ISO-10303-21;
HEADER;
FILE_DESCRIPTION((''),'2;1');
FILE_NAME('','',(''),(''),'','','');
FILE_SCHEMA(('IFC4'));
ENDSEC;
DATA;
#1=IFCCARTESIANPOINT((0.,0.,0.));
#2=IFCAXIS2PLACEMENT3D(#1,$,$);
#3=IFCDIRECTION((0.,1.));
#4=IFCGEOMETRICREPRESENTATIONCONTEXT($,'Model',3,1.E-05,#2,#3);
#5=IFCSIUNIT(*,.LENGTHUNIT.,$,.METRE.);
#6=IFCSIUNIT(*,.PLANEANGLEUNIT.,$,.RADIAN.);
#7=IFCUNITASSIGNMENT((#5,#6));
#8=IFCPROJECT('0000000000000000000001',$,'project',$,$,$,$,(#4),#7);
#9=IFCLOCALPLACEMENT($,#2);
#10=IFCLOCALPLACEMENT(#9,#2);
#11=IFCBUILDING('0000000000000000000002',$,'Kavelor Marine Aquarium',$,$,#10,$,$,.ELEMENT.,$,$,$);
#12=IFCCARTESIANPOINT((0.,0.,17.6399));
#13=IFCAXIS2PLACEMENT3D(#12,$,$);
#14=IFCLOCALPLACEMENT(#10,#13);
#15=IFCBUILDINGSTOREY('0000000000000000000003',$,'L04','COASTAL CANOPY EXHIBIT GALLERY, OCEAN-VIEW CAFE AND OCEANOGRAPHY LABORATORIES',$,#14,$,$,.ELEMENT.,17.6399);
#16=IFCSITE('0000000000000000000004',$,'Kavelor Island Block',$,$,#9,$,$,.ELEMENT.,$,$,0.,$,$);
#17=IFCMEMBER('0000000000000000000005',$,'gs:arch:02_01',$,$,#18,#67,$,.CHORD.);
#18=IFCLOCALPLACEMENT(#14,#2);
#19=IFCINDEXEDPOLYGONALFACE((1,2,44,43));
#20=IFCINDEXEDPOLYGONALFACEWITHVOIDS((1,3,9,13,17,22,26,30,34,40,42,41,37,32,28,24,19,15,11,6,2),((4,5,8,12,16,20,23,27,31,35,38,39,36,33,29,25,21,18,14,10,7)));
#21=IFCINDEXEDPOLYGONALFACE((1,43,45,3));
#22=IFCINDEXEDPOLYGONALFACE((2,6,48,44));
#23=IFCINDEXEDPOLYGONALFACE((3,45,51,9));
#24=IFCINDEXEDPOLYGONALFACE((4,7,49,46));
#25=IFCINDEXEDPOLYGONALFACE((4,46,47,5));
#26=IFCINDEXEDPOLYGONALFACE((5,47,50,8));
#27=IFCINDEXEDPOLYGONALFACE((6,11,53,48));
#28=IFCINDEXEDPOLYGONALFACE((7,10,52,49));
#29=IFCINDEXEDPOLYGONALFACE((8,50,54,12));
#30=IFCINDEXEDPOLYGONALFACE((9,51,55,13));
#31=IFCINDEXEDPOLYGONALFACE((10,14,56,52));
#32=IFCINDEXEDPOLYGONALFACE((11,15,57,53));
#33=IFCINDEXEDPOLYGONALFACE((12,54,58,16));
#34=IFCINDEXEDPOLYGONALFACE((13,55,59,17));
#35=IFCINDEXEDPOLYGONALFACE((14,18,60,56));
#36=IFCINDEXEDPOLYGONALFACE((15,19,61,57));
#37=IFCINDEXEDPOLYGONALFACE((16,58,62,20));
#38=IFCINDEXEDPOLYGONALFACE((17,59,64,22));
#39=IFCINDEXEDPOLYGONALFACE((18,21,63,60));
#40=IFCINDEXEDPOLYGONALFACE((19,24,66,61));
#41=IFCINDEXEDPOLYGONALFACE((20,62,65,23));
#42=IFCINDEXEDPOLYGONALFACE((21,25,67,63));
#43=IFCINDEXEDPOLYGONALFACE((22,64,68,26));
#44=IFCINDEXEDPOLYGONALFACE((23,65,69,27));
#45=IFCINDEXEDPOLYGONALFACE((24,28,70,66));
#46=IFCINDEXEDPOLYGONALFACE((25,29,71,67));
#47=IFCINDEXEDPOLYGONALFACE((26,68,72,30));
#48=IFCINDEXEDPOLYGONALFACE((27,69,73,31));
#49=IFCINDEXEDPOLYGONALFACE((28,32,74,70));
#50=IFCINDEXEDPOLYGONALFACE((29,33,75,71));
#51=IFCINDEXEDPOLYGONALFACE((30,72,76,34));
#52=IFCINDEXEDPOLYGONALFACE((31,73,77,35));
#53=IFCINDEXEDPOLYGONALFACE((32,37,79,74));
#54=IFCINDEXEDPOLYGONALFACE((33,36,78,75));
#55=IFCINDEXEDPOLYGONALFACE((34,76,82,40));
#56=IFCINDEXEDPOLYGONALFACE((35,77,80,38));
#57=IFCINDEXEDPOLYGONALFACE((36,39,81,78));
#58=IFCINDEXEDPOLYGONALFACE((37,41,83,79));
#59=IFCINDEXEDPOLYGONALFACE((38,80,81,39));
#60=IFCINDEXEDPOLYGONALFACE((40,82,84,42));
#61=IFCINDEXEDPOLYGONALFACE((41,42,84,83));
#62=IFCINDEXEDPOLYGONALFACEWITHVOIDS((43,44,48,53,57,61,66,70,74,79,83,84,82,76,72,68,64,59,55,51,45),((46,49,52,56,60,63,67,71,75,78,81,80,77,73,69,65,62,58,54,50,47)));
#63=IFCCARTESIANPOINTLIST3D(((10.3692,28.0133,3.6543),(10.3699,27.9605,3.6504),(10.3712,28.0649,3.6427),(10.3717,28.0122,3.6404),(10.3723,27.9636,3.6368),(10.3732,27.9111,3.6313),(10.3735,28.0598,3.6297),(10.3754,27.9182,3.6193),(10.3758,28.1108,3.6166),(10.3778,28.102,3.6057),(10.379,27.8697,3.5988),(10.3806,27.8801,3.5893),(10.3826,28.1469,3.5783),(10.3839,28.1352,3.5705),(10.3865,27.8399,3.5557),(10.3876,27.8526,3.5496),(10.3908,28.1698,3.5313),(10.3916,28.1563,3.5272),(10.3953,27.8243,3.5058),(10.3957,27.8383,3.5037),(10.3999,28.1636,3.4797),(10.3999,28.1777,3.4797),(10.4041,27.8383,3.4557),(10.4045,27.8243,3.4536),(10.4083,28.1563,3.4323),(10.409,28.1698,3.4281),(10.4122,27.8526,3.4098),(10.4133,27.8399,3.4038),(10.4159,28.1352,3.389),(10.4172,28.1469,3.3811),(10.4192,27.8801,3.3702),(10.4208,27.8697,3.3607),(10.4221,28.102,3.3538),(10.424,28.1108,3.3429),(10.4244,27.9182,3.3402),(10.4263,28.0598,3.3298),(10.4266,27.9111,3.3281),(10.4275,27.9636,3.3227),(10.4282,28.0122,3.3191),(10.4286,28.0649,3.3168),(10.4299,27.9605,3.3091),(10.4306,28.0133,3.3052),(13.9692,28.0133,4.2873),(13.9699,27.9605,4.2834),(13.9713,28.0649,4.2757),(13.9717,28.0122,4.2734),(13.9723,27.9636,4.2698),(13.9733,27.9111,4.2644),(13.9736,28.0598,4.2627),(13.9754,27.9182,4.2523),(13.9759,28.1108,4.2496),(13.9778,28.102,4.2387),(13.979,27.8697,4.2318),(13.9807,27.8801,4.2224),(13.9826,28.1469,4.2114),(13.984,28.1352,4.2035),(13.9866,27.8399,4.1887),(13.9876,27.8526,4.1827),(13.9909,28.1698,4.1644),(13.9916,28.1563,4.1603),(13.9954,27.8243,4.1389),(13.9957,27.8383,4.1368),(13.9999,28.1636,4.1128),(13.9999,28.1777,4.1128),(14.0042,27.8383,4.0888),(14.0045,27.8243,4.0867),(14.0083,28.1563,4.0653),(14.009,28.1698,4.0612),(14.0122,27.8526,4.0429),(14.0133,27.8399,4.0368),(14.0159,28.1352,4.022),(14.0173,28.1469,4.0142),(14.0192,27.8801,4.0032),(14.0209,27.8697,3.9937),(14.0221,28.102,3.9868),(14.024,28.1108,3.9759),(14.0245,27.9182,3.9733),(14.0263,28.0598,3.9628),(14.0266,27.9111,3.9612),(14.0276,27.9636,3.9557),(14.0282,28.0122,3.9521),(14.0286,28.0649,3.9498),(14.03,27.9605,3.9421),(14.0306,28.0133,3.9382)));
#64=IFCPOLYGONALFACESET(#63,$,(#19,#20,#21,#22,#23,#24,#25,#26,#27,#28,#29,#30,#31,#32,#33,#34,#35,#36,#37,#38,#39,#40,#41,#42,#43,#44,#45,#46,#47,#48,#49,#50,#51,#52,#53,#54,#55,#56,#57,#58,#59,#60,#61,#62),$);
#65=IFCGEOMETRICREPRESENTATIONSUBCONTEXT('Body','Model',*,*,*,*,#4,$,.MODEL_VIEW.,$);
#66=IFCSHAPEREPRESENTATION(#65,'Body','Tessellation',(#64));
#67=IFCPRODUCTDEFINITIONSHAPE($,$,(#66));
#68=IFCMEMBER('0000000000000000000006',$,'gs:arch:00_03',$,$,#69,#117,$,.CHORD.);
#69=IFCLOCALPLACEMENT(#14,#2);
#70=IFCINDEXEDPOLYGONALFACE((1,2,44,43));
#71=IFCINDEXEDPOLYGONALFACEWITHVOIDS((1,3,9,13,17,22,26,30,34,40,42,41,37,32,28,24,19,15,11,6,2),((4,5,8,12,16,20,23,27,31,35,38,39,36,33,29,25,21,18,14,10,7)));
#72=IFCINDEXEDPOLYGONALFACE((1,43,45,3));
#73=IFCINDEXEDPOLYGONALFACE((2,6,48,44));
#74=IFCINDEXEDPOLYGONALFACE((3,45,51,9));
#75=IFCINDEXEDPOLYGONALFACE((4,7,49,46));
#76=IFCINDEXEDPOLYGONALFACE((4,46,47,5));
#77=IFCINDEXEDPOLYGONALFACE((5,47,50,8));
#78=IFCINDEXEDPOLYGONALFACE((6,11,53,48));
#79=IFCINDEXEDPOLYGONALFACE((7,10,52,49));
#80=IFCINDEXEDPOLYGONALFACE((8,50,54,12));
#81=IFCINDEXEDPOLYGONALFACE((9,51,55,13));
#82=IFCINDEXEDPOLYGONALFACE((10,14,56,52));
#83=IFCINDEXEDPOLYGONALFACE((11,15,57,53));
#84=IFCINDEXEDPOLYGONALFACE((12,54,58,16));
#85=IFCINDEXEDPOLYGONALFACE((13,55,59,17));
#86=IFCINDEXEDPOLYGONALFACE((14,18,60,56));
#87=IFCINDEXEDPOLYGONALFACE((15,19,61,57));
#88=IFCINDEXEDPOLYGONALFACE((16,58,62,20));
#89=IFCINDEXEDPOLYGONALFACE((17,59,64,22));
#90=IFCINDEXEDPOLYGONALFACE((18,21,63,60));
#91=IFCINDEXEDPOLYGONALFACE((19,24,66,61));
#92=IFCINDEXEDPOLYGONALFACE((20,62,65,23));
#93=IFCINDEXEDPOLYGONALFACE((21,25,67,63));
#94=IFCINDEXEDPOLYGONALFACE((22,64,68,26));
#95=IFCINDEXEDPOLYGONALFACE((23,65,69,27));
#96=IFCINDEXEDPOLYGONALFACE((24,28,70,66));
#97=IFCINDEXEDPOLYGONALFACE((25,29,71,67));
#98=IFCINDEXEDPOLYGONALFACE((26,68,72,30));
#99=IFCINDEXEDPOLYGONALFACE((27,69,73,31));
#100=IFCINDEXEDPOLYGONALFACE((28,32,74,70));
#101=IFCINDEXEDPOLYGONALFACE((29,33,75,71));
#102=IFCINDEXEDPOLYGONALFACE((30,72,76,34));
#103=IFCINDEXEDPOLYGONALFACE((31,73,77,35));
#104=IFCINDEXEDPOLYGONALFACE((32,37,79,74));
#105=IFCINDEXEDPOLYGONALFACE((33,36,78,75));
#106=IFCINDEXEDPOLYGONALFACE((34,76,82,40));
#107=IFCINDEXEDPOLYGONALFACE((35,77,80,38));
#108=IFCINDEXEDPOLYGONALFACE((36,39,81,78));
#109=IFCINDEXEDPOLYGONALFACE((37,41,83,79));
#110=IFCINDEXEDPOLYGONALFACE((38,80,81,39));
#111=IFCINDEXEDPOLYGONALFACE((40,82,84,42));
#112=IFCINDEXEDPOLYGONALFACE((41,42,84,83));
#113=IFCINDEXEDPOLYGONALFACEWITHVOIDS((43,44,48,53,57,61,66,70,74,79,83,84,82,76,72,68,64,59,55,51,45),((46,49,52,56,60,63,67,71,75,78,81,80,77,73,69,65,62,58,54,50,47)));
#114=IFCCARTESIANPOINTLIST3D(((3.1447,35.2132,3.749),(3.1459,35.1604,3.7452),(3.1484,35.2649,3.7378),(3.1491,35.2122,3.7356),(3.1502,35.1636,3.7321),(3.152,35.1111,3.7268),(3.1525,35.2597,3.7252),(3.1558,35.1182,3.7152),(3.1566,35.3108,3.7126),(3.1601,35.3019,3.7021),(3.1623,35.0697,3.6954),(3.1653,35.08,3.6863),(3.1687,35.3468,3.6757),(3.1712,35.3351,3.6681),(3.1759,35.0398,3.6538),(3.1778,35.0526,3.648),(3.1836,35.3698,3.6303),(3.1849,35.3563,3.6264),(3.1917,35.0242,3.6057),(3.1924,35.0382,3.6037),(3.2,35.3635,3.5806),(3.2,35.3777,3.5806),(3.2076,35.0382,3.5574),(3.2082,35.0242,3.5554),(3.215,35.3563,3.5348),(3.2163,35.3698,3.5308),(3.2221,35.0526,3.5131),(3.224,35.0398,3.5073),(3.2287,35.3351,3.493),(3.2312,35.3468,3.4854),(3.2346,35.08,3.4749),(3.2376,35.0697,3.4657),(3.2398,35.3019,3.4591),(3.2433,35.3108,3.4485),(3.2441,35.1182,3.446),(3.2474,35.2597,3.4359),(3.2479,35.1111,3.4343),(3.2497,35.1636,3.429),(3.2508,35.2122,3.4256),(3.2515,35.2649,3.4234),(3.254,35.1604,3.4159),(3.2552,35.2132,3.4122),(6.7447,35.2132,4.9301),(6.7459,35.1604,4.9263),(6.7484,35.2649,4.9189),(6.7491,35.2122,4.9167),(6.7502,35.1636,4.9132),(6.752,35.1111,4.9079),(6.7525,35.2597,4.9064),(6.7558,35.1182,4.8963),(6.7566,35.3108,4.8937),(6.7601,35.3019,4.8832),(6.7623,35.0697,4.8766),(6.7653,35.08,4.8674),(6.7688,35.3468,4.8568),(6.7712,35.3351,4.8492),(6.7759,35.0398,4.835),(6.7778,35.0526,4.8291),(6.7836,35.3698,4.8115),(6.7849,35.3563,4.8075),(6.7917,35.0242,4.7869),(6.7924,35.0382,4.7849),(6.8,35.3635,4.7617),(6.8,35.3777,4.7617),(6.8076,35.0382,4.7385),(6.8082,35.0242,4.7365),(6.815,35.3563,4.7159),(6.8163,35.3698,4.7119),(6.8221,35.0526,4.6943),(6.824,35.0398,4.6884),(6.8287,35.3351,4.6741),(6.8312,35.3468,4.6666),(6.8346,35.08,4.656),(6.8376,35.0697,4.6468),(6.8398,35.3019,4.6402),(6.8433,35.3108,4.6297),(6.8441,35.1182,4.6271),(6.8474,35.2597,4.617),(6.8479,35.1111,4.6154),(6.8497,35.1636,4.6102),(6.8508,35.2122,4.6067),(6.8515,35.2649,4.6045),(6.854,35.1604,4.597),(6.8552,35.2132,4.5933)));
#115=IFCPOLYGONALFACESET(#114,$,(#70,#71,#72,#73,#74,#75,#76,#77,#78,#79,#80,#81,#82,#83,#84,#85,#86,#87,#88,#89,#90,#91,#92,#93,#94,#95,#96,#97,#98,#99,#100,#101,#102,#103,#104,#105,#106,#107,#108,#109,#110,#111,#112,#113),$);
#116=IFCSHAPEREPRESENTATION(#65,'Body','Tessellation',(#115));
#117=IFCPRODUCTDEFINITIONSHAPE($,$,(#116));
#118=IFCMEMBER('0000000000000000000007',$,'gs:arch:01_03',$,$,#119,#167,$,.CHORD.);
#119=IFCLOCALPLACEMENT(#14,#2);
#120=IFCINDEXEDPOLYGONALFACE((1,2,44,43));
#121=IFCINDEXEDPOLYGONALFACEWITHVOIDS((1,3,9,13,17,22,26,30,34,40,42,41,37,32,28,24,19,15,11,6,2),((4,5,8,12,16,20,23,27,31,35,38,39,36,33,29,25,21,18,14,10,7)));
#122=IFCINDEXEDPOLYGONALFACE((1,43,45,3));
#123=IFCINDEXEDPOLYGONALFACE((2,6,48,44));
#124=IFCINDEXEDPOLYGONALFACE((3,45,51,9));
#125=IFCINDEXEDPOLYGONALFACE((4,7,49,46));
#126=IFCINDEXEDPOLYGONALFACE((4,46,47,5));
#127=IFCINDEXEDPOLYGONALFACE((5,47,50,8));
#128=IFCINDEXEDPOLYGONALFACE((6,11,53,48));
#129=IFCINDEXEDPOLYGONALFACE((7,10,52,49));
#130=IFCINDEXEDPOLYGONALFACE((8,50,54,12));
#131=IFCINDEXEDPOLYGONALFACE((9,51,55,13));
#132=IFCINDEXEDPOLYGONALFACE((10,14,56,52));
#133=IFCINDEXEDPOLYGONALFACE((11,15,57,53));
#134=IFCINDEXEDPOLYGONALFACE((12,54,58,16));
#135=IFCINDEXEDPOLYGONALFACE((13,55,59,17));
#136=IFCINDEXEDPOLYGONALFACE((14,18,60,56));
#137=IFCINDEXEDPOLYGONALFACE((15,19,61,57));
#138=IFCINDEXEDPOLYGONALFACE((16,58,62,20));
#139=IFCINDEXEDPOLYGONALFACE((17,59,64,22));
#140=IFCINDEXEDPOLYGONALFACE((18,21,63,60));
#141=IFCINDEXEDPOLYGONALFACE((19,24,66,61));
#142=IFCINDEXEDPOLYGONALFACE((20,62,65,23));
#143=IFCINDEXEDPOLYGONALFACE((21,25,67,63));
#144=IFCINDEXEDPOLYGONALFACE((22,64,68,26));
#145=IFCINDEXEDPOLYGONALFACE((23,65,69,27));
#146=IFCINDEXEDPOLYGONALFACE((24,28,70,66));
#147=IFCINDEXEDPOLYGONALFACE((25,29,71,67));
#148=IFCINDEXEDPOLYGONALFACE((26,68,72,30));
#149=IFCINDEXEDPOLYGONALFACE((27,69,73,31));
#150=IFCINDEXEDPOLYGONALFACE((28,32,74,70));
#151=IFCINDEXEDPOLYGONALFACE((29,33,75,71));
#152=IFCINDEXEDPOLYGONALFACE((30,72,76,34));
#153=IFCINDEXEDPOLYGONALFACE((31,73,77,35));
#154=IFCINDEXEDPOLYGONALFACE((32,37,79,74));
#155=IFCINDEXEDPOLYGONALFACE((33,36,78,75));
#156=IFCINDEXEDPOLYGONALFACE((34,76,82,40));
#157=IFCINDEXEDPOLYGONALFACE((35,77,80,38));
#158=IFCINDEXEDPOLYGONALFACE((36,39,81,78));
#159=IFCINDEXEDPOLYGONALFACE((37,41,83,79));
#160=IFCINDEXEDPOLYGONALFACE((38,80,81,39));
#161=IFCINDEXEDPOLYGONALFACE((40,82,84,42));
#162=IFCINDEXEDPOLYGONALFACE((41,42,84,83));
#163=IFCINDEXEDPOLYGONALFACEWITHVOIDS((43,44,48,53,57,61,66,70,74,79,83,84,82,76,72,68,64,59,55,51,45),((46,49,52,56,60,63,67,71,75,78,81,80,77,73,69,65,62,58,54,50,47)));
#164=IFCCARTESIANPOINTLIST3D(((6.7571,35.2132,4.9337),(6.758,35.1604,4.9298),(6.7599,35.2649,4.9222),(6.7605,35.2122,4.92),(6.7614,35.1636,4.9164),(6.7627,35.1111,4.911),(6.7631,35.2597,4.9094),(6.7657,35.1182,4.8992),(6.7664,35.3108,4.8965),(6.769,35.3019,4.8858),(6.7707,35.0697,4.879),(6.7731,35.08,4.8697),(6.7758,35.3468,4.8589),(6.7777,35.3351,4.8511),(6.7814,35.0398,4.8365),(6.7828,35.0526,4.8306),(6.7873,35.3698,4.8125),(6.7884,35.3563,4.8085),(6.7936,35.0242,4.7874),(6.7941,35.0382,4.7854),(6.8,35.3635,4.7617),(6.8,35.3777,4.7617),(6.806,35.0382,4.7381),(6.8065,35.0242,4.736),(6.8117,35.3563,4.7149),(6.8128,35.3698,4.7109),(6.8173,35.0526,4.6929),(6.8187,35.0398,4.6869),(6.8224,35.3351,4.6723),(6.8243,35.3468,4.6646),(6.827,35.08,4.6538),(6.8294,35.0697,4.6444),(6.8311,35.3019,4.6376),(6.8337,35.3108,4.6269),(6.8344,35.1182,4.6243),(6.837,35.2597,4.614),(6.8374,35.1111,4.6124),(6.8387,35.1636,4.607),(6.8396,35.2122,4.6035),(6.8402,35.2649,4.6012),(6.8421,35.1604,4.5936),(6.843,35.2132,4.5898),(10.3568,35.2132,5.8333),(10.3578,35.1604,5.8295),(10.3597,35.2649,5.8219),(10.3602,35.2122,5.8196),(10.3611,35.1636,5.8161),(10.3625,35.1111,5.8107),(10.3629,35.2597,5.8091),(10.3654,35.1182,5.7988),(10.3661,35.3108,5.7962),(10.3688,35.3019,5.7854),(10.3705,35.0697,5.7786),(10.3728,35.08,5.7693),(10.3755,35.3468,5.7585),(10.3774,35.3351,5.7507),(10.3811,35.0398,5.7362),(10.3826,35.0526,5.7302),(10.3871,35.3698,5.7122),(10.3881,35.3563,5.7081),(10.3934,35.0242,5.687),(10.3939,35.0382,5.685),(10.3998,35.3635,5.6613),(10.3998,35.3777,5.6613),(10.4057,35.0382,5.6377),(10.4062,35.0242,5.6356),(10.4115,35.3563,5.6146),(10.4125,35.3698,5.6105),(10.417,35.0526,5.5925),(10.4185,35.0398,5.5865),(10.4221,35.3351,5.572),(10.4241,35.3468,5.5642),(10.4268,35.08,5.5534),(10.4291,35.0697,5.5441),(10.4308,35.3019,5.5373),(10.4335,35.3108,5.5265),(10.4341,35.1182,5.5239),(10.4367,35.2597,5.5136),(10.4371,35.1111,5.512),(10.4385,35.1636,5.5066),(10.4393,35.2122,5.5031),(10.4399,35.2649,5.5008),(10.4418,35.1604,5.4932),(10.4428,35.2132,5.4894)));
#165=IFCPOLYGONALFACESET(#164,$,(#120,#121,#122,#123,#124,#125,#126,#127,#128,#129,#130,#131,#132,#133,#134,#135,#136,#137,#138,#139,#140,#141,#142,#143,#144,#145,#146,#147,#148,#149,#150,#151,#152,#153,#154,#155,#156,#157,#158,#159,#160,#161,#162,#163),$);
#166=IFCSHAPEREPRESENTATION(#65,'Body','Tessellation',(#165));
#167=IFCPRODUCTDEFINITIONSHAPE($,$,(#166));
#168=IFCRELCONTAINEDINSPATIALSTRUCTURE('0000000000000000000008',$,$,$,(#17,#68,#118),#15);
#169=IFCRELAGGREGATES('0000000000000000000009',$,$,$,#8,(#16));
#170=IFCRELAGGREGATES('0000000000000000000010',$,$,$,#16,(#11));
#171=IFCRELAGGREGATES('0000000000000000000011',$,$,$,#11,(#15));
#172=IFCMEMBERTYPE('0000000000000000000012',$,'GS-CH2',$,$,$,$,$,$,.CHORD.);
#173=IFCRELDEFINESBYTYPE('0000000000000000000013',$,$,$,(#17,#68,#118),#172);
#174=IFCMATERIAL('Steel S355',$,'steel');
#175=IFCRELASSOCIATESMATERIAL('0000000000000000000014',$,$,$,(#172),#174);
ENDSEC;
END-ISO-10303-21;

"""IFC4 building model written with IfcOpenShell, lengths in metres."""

from ifc_helpers import new_model, si_unit, direction, frame, origin, origin_2d, place, context, subcontext, project, spatial, hollow_circle, extrude, material, material_profile, profile_set, type_object, element, save


model = new_model("IFC4")

# Units and contexts
model_context = context("Model", 3, precision=1e-05, world=origin(), true_north=direction((0.0, 1.0)))
body_context = subcontext(model_context, "Body", "Model", "MODEL_VIEW")
ifc_project = project(units=[si_unit("LENGTHUNIT", "METRE"), si_unit("PLANEANGLEUNIT", "RADIAN")], contexts=[model_context])

# Site, building, storey
site_placement = place(None, origin())
site = spatial("IfcSite", under=ifc_project, at=site_placement, Name="Kavelor Island Block", CompositionType="ELEMENT", RefElevation=0.0)
building_placement = place(site_placement, origin())
building = spatial("IfcBuilding", under=site, at=building_placement, Name="Kavelor Marine Aquarium", CompositionType="ELEMENT")
storey_placement = place(building_placement, frame((0.0, 0.0, 17.6399)))
storey = spatial("IfcBuildingStorey", under=building, at=storey_placement, Name="L04", Description="COASTAL CANOPY EXHIBIT GALLERY, OCEAN-VIEW CAFE AND OCEANOGRAPHY LABORATORIES", CompositionType="ELEMENT", Elevation=17.6399)

# Members
ifc_material_1 = material(Name="Steel S355", Category="steel")
ifc_material_profile_1 = material_profile(ifc_material_1, hollow_circle(Radius=0.1777, WallThickness=0.0142, at=origin_2d()), Name="CHS 355.6x14.2")
ifc_profile_set_1 = profile_set([ifc_material_profile_1], Name="Steel S355")
member_type_1 = type_object("IfcMemberType", Name="GS-CH2", PredefinedType="CHORD", material=ifc_profile_set_1)
member_1_placement = place(storey_placement, frame((10.3999, 28.0, 3.4797), z_axis=(0.984889, 0.0, 0.173187), x_axis=(0.0, 1.0, 0.0)))
element("IfcMember", 1, at=member_1_placement, inside=storey, type_object=member_type_1, Name="gs:arch:02_01", PredefinedType="CHORD", context=body_context, shape_type="SweptSolid", body=[
    extrude(hollow_circle(Radius=0.1777, WallThickness=0.0142, at=origin_2d()), origin(), (0.0, 0.0, 1.0), 3.6553),
])
member_2_placement = place(storey_placement, frame((3.2, 35.2, 3.5806), z_axis=(0.950168, 0.0, 0.31174), x_axis=(0.0, 1.0, 0.0)))
element("IfcMember", 2, at=member_2_placement, inside=storey, type_object=member_type_1, Name="gs:arch:00_03", PredefinedType="CHORD", context=body_context, shape_type="SweptSolid", body=[
    extrude(hollow_circle(Radius=0.1777, WallThickness=0.0142, at=origin_2d()), origin(), (0.0, 0.0, 1.0), 3.7888),
])
member_3_placement = place(storey_placement, frame((6.8, 35.2, 4.7617), z_axis=(0.970162, 0.0, 0.242458), x_axis=(0.0, 1.0, 0.0)))
element("IfcMember", 3, at=member_3_placement, inside=storey, type_object=member_type_1, Name="gs:arch:01_03", PredefinedType="CHORD", context=body_context, shape_type="SweptSolid", body=[
    extrude(hollow_circle(Radius=0.1777, WallThickness=0.0142, at=origin_2d()), origin(), (0.0, 0.0, 1.0), 3.7104),
])

save(model, "model.ifc")
